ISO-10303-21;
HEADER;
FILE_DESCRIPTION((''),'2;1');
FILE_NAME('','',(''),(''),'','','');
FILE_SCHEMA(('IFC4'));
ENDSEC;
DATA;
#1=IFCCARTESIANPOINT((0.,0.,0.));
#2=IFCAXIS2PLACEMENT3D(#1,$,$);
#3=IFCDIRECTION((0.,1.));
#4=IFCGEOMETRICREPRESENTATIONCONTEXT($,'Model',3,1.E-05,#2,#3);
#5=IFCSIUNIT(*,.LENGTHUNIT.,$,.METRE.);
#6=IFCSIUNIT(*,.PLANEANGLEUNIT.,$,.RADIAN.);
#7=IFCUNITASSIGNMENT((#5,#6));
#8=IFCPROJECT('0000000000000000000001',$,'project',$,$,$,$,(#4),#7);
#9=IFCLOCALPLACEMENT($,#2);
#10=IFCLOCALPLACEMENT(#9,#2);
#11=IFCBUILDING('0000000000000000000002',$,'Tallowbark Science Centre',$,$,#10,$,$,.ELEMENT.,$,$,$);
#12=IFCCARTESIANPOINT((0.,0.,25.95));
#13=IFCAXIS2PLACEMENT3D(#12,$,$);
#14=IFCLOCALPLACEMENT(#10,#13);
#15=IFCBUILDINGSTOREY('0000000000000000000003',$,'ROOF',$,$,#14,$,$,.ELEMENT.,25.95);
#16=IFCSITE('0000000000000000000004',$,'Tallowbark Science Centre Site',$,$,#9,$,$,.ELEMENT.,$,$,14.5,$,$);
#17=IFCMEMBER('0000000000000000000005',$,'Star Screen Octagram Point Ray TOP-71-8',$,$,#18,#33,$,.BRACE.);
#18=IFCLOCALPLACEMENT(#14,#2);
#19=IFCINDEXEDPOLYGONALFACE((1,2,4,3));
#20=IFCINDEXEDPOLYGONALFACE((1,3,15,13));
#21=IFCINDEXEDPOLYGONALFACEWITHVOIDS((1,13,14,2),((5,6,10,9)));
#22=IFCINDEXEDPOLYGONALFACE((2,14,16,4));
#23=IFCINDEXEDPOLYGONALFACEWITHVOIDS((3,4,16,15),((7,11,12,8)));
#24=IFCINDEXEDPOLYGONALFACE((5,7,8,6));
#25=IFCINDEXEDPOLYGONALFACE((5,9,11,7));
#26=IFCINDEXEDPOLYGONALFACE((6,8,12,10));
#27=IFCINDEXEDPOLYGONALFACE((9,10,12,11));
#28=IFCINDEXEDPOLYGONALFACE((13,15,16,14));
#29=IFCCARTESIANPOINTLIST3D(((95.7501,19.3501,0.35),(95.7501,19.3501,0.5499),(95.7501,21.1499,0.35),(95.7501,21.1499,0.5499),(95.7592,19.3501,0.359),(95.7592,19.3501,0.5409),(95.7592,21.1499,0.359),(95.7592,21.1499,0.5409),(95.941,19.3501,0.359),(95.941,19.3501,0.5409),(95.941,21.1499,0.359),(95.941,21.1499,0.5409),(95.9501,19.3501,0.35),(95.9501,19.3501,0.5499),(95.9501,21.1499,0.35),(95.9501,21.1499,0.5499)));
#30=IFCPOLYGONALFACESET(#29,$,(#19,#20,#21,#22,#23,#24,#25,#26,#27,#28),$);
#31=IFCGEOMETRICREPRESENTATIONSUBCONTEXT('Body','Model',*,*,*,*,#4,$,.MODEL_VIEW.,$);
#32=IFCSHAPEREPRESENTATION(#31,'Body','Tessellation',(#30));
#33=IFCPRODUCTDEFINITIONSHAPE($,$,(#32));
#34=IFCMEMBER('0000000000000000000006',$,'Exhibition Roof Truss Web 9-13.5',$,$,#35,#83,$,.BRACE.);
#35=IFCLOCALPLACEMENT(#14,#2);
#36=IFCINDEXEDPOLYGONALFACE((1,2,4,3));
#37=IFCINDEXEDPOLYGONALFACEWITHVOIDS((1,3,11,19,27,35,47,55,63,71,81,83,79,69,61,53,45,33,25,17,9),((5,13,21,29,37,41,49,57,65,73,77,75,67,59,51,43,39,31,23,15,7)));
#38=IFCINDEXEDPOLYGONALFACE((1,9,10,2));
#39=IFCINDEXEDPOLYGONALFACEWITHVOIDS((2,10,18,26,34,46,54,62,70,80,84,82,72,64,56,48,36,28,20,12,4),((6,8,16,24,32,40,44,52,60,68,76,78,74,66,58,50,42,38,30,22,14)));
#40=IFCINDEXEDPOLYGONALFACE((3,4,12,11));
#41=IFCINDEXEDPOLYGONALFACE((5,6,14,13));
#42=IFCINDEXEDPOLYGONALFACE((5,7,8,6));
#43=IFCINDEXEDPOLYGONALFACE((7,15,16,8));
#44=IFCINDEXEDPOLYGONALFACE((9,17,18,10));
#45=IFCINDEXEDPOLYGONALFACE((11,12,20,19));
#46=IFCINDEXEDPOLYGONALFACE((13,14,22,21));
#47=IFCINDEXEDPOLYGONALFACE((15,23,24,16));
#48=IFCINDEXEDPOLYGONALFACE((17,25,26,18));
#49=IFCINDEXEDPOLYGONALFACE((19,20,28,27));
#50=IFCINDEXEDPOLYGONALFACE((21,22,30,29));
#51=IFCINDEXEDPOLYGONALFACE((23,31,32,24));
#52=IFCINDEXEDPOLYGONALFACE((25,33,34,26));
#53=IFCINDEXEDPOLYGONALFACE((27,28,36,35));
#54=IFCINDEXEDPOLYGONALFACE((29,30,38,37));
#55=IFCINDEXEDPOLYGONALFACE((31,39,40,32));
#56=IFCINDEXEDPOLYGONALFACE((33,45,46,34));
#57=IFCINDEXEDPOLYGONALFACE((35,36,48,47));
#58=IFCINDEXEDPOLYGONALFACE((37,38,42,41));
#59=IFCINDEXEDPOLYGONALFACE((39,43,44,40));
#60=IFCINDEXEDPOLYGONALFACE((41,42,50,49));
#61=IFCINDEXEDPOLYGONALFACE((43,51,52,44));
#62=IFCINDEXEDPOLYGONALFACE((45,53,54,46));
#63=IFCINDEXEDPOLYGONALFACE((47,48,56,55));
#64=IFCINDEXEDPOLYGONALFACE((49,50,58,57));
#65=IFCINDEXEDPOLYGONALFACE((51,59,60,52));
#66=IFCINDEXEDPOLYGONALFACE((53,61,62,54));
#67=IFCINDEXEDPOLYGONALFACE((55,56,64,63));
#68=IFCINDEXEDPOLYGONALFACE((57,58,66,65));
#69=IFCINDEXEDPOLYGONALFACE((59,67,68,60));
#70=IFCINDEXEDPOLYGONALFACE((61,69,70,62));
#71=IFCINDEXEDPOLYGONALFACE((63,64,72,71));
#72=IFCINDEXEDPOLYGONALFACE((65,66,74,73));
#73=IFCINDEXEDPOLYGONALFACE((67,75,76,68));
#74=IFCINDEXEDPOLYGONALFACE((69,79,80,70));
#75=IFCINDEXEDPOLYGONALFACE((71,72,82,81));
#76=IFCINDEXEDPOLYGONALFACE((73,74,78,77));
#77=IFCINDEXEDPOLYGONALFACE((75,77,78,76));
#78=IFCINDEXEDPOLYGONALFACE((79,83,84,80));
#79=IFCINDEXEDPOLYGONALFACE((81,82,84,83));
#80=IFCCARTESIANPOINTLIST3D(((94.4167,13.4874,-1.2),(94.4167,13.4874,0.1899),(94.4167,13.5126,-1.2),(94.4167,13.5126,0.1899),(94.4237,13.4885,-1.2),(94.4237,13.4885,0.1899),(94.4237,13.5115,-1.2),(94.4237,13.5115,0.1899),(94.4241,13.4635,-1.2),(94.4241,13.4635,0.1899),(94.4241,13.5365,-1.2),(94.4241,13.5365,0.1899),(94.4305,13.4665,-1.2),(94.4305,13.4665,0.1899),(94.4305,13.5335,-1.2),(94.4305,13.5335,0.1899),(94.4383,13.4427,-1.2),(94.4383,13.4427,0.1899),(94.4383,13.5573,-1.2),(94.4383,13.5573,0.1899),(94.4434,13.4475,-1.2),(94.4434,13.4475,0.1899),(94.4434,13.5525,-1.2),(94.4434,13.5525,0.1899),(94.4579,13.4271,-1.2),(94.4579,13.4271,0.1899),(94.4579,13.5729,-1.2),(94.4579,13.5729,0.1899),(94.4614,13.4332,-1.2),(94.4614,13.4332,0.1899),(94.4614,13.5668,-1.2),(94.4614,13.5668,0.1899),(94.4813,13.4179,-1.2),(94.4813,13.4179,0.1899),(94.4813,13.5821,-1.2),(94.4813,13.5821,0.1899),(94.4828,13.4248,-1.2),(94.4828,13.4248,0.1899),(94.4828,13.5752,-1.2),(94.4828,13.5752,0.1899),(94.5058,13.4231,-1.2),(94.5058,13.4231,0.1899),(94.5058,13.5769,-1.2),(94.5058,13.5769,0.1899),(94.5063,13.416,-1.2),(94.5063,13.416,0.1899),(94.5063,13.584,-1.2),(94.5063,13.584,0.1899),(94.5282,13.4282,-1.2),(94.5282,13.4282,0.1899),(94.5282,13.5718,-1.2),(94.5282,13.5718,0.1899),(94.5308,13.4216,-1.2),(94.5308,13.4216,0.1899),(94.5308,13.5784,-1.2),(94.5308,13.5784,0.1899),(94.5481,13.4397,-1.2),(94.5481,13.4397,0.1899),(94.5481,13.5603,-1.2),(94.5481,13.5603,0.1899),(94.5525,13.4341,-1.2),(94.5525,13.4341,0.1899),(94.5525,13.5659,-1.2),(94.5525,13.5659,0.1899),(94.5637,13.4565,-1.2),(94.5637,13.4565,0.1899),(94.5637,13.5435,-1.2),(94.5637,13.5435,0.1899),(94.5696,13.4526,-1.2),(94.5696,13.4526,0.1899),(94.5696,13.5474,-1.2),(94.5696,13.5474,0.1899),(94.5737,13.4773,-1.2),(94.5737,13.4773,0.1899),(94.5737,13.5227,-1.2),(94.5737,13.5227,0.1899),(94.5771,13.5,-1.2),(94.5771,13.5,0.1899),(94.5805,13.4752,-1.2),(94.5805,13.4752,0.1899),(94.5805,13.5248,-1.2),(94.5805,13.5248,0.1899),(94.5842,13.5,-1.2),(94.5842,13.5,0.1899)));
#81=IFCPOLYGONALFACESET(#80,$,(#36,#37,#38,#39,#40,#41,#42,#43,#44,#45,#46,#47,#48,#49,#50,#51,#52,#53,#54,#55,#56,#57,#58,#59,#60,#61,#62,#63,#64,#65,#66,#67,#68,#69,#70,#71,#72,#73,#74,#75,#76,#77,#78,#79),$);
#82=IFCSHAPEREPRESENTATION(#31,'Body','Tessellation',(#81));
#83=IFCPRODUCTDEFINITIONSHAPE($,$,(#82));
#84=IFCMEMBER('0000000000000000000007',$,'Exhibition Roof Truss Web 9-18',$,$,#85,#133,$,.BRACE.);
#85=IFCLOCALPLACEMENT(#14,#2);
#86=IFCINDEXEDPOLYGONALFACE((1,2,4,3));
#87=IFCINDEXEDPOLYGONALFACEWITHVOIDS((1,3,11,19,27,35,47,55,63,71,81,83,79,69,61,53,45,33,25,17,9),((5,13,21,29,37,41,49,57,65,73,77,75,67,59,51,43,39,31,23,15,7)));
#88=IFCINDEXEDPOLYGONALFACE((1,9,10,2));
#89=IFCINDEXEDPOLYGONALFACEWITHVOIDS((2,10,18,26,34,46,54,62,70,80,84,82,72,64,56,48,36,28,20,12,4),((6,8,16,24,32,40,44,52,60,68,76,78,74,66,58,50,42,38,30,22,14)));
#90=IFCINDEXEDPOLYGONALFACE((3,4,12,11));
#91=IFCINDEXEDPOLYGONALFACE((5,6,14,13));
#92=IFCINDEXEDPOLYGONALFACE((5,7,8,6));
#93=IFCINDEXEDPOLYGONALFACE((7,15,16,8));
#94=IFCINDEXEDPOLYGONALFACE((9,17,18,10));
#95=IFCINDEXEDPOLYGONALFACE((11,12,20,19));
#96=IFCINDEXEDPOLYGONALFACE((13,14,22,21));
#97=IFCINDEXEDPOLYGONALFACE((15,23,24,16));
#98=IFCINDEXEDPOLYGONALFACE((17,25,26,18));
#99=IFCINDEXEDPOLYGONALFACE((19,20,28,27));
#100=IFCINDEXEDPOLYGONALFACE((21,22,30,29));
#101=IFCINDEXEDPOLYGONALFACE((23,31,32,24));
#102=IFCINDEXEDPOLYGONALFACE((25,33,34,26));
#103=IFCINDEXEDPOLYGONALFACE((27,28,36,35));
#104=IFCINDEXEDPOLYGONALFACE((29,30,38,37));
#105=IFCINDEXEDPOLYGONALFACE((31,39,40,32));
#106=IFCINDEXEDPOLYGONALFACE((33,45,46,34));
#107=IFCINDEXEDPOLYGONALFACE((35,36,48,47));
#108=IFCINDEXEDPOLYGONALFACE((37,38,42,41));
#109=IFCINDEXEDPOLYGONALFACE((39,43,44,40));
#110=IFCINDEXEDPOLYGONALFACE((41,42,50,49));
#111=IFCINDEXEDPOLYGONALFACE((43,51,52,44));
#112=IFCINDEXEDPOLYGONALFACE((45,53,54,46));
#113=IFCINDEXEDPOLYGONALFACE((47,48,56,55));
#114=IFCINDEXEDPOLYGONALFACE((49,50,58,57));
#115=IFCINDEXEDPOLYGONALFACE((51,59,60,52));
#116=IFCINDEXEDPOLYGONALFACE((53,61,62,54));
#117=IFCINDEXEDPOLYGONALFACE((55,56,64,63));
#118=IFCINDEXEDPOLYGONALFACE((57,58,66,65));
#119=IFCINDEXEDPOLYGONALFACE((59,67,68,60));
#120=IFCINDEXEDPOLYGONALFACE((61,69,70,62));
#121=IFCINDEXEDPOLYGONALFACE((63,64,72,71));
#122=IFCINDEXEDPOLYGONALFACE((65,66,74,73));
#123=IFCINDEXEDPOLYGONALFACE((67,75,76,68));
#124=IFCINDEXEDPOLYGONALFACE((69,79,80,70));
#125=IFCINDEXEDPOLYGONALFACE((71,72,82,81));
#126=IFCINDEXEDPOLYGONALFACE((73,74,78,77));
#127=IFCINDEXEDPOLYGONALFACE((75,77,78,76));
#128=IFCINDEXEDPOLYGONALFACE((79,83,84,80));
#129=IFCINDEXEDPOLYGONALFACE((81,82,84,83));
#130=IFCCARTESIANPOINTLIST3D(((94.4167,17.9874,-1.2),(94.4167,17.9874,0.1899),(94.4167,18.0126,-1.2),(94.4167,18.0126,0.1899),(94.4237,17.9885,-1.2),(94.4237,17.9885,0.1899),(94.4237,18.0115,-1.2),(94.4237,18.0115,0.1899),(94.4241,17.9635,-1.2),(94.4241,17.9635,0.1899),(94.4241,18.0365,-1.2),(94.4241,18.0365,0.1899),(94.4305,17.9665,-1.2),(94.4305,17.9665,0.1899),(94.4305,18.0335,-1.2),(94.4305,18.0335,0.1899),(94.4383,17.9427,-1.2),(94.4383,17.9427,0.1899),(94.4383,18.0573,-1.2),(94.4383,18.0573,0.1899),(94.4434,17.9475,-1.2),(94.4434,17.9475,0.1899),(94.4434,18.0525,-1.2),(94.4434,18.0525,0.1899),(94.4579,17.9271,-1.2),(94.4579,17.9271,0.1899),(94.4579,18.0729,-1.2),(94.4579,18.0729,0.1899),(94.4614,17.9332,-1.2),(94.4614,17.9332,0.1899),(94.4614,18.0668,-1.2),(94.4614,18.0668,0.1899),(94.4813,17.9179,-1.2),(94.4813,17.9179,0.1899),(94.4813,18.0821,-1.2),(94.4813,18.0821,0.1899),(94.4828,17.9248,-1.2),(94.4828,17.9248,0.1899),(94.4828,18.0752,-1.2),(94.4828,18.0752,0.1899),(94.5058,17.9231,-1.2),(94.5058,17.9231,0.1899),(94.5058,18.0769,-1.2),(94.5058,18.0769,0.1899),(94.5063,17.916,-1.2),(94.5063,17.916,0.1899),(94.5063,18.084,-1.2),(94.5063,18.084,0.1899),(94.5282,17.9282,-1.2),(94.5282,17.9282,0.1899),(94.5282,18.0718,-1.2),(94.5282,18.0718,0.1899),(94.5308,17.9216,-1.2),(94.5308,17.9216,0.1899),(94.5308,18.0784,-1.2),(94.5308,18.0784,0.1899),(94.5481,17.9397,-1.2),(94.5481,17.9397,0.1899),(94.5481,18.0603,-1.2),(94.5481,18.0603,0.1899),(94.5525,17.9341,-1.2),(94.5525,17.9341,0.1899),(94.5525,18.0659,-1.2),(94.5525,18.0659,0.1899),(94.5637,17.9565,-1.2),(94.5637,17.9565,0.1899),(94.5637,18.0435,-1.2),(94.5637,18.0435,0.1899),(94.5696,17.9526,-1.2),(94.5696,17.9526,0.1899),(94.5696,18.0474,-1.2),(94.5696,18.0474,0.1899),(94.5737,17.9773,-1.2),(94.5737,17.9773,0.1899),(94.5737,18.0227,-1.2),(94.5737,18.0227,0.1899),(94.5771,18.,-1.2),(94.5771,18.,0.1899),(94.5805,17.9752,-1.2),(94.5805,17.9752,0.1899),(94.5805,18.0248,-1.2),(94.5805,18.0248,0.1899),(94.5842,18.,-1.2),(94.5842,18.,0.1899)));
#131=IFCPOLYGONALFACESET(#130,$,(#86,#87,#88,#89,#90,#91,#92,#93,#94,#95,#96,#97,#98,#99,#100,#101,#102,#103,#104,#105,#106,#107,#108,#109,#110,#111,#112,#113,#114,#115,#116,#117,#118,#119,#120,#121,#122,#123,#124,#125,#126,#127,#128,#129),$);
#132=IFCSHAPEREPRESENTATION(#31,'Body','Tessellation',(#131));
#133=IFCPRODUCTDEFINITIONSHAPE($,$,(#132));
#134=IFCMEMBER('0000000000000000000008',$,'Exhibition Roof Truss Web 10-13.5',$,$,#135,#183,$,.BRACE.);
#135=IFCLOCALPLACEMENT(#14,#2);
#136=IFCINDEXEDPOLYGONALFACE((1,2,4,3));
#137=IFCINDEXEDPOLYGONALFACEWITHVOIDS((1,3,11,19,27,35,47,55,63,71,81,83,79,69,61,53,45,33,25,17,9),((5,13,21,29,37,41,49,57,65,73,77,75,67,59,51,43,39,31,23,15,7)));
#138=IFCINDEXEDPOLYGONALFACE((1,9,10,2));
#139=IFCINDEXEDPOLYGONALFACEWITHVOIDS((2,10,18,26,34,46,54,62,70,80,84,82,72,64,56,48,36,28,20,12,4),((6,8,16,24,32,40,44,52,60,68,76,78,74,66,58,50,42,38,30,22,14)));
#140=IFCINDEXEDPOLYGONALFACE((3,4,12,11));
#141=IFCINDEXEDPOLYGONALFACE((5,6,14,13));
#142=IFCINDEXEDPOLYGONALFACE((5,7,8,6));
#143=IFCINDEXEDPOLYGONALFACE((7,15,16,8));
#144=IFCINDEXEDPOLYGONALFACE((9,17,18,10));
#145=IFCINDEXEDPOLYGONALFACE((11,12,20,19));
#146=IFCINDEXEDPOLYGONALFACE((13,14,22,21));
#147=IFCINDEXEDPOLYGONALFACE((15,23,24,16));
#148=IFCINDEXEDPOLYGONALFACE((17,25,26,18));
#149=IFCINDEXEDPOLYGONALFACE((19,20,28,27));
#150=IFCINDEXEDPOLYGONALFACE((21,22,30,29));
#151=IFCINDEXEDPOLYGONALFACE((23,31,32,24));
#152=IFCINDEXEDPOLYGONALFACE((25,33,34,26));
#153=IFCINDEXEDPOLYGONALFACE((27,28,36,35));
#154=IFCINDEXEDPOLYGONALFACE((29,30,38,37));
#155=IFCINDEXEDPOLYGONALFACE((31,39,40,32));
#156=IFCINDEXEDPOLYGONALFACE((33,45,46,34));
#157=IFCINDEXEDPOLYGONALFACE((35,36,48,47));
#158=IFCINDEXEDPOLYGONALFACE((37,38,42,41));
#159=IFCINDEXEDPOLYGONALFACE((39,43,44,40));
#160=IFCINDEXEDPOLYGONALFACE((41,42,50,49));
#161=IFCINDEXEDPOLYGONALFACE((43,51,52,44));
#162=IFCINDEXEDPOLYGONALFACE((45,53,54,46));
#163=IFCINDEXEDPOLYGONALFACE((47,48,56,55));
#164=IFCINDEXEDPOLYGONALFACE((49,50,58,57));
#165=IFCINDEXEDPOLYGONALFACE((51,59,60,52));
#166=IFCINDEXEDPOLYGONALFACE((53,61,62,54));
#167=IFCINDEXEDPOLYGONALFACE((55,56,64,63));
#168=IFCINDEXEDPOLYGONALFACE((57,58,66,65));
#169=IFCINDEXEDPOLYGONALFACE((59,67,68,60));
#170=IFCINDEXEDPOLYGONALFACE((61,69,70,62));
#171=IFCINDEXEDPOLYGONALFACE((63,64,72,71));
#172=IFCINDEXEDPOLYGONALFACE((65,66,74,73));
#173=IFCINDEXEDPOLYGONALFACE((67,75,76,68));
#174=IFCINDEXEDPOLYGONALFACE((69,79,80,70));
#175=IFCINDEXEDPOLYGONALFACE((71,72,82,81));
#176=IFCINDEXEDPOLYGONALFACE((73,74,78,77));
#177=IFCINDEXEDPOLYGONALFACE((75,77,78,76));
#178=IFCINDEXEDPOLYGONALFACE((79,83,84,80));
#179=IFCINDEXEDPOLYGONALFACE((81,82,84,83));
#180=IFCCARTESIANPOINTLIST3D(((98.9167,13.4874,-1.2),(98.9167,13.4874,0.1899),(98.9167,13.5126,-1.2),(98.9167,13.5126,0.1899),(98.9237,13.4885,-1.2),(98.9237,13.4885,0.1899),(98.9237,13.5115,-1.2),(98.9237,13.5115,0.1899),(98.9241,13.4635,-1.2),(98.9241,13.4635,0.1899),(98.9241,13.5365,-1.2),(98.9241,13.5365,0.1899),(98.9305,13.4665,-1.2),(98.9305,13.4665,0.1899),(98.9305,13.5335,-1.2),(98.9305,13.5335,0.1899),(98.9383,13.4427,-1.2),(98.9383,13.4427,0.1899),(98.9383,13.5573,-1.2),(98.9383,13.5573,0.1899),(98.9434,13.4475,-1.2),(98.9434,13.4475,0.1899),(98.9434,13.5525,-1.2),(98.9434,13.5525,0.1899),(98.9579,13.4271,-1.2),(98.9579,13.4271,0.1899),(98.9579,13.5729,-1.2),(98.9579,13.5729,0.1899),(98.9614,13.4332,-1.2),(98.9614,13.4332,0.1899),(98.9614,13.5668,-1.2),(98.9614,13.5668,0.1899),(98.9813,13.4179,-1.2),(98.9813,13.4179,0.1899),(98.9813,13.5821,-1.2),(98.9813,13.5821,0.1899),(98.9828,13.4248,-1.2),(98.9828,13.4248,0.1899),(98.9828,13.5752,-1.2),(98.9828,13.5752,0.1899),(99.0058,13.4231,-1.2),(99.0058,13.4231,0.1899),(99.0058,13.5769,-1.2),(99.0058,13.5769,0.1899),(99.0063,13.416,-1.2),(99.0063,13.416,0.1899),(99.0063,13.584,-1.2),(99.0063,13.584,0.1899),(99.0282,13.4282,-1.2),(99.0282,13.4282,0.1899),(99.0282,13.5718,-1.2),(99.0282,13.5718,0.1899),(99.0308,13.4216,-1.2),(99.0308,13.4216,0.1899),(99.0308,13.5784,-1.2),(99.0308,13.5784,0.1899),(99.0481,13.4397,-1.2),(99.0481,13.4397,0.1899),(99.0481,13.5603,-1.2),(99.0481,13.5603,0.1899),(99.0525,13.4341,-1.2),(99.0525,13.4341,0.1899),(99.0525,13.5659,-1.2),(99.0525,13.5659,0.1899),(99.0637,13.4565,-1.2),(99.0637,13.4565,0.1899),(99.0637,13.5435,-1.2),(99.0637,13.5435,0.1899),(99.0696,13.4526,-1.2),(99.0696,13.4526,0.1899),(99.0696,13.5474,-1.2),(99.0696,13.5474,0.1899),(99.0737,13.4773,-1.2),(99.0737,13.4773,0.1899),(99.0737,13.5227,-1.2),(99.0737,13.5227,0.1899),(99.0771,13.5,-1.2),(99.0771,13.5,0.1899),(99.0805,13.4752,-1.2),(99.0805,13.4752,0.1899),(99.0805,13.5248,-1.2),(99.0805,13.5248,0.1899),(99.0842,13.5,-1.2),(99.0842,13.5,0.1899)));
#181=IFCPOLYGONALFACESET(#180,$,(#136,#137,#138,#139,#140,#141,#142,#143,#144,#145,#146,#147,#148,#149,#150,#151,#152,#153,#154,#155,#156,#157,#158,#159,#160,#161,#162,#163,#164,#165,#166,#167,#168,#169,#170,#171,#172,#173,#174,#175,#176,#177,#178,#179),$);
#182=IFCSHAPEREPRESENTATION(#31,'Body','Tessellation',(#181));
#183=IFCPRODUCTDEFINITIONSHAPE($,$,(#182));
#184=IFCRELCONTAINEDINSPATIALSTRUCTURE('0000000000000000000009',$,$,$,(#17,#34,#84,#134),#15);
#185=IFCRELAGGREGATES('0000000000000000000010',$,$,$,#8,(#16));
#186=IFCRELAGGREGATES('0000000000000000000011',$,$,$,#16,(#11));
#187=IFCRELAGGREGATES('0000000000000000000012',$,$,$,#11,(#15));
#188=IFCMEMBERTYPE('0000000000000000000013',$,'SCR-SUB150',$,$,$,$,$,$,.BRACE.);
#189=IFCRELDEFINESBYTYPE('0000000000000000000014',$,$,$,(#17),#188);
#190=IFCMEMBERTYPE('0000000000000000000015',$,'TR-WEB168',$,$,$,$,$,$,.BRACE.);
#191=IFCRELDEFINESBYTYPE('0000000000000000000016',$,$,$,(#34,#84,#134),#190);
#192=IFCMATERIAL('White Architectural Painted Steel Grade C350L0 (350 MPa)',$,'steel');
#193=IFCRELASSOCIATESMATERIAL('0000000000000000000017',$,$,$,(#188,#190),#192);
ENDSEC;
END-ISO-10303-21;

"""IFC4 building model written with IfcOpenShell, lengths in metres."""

from ifc_helpers import new_model, si_unit, direction, frame, origin, origin_2d, place, context, subcontext, project, spatial, hollow_rectangle, hollow_circle, extrude, material, material_profile, profile_set, type_object, element, save


model = new_model("IFC4")

# Units and contexts
model_context = context("Model", 3, precision=1e-05, world=origin(), true_north=direction((0.0, 1.0)))
body_context = subcontext(model_context, "Body", "Model", "MODEL_VIEW")
ifc_project = project(units=[si_unit("LENGTHUNIT", "METRE"), si_unit("PLANEANGLEUNIT", "RADIAN")], contexts=[model_context])

# Site, building, storey
site_placement = place(None, origin())
site = spatial("IfcSite", under=ifc_project, at=site_placement, Name="Tallowbark Science Centre Site", CompositionType="ELEMENT", RefElevation=14.5)
building_placement = place(site_placement, origin())
building = spatial("IfcBuilding", under=site, at=building_placement, Name="Tallowbark Science Centre", CompositionType="ELEMENT")
storey_placement = place(building_placement, frame((0.0, 0.0, 25.95)))
storey = spatial("IfcBuildingStorey", under=building, at=storey_placement, Name="ROOF", CompositionType="ELEMENT", Elevation=25.95)

# Members
ifc_material_1 = material(Name="White Architectural Painted Steel Grade C350L0 (350 MPa)", Category="steel")
ifc_material_profile_1 = material_profile(ifc_material_1, hollow_rectangle(XDim=0.2, YDim=0.2, WallThickness=0.009, at=origin_2d()), Name="200x200x9.0SHS")
ifc_profile_set_1 = profile_set([ifc_material_profile_1], Name="White Architectural Painted Steel Grade C350L0 (350 MPa)")
member_type_1 = type_object("IfcMemberType", Name="SCR-SUB150", PredefinedType="BRACE", material=ifc_profile_set_1)
for number, where, z_axis, x_axis, name in (
    (1, (95.8501, 21.1499, 0.45), (0.0, -1.0, 0.0), (1.0, 0.0, 0.0), "Star Screen Octagram Point Ray TOP-71-8"),
):
    element("IfcMember", number, at=place(storey_placement, frame(where, z_axis=z_axis, x_axis=x_axis)), inside=storey, type_object=member_type_1, Name=name, PredefinedType="BRACE", context=body_context, shape_type="SweptSolid", body=[
        extrude(hollow_rectangle(XDim=0.2, YDim=0.2, WallThickness=0.009, at=origin_2d()), origin(), (0.0, 0.0, 1.0), 1.7998),
    ])
ifc_material_profile_2 = material_profile(ifc_material_1, hollow_circle(Radius=0.0842, WallThickness=0.0071, at=origin_2d()), Name="168.3x7.1CHS")
ifc_profile_set_2 = profile_set([ifc_material_profile_2], Name="White Architectural Painted Steel Grade C350L0 (350 MPa)")
member_type_2 = type_object("IfcMemberType", Name="TR-WEB168", PredefinedType="BRACE", material=ifc_profile_set_2)
for number, where, z_axis, x_axis, name in (
    (2, (94.5, 13.5, -1.2), (0.0, 0.0, 1.0), (1.0, 0.0, 0.0), "Exhibition Roof Truss Web 9-13.5"),
    (3, (94.5, 18.0, -1.2), (0.0, 0.0, 1.0), (1.0, 0.0, 0.0), "Exhibition Roof Truss Web 9-18"),
    (4, (99.0, 13.5, -1.2), (0.0, 0.0, 1.0), (1.0, 0.0, 0.0), "Exhibition Roof Truss Web 10-13.5"),
):
    element("IfcMember", number, at=place(storey_placement, frame(where, z_axis=z_axis, x_axis=x_axis)), inside=storey, type_object=member_type_2, Name=name, PredefinedType="BRACE", context=body_context, shape_type="SweptSolid", body=[
        extrude(hollow_circle(Radius=0.0842, WallThickness=0.0071, at=origin_2d()), origin(), (0.0, 0.0, 1.0), 1.3899),
    ])

save(model, "model.ifc")
